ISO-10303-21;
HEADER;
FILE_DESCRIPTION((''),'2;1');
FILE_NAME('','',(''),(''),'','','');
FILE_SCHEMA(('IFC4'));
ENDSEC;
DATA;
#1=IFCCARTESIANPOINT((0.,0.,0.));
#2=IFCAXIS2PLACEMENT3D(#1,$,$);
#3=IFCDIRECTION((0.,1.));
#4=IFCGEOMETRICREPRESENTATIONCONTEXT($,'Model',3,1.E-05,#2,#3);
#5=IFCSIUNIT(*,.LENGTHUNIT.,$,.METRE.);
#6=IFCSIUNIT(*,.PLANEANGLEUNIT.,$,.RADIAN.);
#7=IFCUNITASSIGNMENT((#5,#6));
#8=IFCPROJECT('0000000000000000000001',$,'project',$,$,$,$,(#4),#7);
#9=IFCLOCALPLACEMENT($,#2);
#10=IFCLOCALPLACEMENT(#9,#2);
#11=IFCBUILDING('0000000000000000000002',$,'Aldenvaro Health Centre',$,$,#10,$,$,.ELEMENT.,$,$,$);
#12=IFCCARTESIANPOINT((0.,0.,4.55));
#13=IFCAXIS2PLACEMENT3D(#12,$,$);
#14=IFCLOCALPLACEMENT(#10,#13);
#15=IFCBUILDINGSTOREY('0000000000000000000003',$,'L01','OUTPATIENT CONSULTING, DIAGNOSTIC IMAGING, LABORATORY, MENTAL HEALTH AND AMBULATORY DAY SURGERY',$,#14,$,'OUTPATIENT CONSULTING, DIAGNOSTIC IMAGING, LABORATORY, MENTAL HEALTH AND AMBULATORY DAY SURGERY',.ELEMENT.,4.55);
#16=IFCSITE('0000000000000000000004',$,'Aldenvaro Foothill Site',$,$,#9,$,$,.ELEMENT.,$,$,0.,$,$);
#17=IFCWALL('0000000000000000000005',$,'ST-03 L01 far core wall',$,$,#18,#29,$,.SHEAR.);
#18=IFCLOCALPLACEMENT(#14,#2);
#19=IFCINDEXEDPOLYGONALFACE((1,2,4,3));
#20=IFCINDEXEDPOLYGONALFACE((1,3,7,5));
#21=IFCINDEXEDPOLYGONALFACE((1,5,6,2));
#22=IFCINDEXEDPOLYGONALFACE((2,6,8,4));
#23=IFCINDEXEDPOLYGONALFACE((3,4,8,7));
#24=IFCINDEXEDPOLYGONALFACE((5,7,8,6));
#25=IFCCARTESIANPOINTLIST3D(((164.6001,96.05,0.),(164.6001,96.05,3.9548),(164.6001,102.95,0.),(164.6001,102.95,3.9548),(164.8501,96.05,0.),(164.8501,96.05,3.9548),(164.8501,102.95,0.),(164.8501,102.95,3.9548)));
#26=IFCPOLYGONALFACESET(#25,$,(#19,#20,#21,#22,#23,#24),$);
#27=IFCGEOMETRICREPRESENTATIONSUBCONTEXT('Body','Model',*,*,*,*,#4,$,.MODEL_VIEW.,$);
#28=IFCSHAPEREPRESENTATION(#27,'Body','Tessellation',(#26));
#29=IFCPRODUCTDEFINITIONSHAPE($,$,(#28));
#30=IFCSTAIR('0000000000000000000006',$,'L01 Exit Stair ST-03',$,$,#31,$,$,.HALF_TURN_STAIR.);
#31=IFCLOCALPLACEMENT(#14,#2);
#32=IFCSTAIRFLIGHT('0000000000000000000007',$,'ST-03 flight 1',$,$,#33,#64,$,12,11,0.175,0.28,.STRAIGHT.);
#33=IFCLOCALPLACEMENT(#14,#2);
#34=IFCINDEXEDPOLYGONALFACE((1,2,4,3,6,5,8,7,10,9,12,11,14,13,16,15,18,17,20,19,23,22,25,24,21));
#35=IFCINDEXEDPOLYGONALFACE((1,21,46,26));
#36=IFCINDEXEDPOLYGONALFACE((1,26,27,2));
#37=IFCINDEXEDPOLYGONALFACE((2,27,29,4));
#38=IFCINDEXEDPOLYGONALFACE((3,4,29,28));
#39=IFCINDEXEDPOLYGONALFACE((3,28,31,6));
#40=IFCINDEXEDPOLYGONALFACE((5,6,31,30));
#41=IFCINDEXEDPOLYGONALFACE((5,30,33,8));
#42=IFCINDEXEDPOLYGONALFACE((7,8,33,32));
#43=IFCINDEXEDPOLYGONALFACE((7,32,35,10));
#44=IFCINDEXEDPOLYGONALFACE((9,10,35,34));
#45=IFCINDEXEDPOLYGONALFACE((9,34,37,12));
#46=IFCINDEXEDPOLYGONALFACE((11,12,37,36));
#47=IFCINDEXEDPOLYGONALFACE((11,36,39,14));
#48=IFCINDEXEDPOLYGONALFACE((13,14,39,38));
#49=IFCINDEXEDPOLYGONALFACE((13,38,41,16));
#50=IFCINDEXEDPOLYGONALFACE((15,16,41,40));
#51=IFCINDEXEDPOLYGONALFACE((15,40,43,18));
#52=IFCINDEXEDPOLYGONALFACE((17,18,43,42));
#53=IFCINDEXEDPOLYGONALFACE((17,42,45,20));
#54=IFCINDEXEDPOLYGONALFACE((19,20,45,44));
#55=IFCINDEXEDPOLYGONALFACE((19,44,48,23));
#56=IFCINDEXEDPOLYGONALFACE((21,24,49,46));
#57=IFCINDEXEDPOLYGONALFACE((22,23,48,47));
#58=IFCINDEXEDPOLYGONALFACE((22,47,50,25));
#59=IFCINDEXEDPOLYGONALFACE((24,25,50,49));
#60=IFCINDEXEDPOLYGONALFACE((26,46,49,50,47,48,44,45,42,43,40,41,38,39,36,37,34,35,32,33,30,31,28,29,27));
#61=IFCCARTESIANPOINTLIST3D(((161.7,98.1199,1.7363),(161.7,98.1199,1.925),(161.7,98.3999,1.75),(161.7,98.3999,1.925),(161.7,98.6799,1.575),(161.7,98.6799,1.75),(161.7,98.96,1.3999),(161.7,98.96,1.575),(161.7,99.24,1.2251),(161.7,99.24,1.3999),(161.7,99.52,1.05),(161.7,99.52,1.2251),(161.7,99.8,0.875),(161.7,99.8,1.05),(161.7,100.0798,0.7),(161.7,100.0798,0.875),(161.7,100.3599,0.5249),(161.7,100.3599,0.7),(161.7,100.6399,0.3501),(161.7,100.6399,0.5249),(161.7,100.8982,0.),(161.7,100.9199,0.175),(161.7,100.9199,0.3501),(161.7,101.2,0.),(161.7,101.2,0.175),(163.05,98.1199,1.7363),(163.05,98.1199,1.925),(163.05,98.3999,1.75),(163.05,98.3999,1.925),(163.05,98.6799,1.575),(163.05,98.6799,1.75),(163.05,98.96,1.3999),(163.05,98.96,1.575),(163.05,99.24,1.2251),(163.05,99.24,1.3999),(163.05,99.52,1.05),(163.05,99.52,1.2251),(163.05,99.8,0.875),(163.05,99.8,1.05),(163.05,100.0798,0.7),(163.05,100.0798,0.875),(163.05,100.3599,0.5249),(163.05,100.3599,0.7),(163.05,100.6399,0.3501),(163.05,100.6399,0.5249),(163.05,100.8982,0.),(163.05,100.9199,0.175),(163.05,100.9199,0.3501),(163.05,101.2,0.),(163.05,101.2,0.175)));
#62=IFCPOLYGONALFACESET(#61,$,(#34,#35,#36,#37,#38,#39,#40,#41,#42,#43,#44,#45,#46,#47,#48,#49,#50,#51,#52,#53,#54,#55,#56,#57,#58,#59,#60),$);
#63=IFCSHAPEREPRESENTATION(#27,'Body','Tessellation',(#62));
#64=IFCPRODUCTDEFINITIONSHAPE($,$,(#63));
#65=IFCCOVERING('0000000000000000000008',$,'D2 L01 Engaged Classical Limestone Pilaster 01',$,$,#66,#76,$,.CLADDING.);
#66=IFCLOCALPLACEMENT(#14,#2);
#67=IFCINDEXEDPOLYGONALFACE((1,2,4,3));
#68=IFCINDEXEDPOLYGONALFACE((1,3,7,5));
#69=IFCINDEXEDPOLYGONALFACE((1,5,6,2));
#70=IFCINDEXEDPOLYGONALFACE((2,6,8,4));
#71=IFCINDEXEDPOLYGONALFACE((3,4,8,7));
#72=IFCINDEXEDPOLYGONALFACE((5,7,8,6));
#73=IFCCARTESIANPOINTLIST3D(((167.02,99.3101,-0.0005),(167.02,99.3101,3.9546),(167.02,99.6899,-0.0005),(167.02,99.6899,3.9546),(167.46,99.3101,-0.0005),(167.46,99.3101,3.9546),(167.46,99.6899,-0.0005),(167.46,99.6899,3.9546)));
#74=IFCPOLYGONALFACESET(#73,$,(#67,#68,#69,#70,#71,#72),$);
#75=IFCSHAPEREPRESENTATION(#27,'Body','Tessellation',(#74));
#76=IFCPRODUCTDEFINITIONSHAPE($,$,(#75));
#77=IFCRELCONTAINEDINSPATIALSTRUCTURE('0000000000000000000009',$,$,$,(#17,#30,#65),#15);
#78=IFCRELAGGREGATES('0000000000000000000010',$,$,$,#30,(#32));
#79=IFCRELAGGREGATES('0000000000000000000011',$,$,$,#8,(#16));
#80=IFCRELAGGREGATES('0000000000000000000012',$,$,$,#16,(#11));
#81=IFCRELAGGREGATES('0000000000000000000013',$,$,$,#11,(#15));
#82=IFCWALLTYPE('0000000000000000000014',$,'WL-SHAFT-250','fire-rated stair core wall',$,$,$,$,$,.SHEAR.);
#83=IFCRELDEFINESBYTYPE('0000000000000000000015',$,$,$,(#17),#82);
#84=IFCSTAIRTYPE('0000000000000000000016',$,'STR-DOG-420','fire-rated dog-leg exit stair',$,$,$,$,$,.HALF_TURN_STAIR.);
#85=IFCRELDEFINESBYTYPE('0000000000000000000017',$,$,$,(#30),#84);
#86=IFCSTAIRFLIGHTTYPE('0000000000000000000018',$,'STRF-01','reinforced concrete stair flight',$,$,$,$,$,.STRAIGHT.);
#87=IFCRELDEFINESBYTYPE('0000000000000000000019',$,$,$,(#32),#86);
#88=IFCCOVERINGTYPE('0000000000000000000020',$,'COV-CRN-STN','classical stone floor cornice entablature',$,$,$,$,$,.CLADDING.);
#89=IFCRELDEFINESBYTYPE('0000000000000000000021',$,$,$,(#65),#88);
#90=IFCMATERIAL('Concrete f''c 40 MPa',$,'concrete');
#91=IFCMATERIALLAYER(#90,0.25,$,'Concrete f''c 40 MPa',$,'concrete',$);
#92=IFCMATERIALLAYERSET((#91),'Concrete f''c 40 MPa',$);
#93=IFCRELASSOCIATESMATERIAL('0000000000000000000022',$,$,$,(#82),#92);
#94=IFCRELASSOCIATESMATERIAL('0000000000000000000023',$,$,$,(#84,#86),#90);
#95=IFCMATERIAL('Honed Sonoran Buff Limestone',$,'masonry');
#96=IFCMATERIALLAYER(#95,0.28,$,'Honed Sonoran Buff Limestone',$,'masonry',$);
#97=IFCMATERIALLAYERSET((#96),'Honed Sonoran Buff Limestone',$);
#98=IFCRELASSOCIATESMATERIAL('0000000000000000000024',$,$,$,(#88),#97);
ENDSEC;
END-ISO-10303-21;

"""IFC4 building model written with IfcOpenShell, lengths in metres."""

from ifc_helpers import new_model, si_unit, direction, frame, frame_2d, origin, origin_2d, place, context, subcontext, project, spatial, polyline, rectangle, outline, extrude, material, layer, layer_set, type_object, element, aggregate, save


model = new_model("IFC4")

# Units and contexts
model_context = context("Model", 3, precision=1e-05, world=origin(), true_north=direction((0.0, 1.0)))
body_context = subcontext(model_context, "Body", "Model", "MODEL_VIEW")
ifc_project = project(units=[si_unit("LENGTHUNIT", "METRE"), si_unit("PLANEANGLEUNIT", "RADIAN")], contexts=[model_context])

# Site, building, storey
site_placement = place(None, origin())
site = spatial("IfcSite", under=ifc_project, at=site_placement, Name="Aldenvaro Foothill Site", CompositionType="ELEMENT", RefElevation=0.0)
building_placement = place(site_placement, origin())
building = spatial("IfcBuilding", under=site, at=building_placement, Name="Aldenvaro Health Centre", CompositionType="ELEMENT")
storey_placement = place(building_placement, frame((0.0, 0.0, 4.55)))
storey = spatial("IfcBuildingStorey", under=building, at=storey_placement, Name="L01", Description="OUTPATIENT CONSULTING, DIAGNOSTIC IMAGING, LABORATORY, MENTAL HEALTH AND AMBULATORY DAY SURGERY", LongName="OUTPATIENT CONSULTING, DIAGNOSTIC IMAGING, LABORATORY, MENTAL HEALTH AND AMBULATORY DAY SURGERY", CompositionType="ELEMENT", Elevation=4.55)

# Wall
ifc_material_1 = material(Name="Concrete f'c 40 MPa", Category="concrete")
ifc_layer_1 = layer(ifc_material_1, 0.25, Name="Concrete f'c 40 MPa", Category="concrete")
ifc_layer_set_1 = layer_set([ifc_layer_1], Name="Concrete f'c 40 MPa")
wall_type_1 = type_object("IfcWallType", Name="WL-SHAFT-250", Description="fire-rated stair core wall", PredefinedType="SHEAR", material=ifc_layer_set_1)
wall_placement = place(storey_placement, frame((164.7251, 102.95, 0.0), z_axis=(0.0, 0.0, 1.0), x_axis=(0.0, -1.0, 0.0)))
element("IfcWall", 1, at=wall_placement, inside=storey, type_object=wall_type_1, Name="ST-03 L01 far core wall", PredefinedType="SHEAR", context=body_context, shape_type="SweptSolid", body=[
    extrude(rectangle(XDim=6.8999, YDim=0.25, at=frame_2d((3.45, 0.0))), origin(), (0.0, 0.0, 1.0), 3.9548),
])

# Stair, stair flight
stair_type = type_object("IfcStairType", Name="STR-DOG-420", Description="fire-rated dog-leg exit stair", PredefinedType="HALF_TURN_STAIR", material=ifc_material_1)
stair_placement = place(storey_placement, origin())
stair = element("IfcStair", 2, at=stair_placement, inside=storey, type_object=stair_type, Name="L01 Exit Stair ST-03", PredefinedType="HALF_TURN_STAIR")
stair_flight_type = type_object("IfcStairFlightType", Name="STRF-01", Description="reinforced concrete stair flight", PredefinedType="STRAIGHT", material=ifc_material_1)
stair_flight_placement = place(storey_placement, frame((162.375, 101.2, 0.0), z_axis=(0.0, 0.0, 1.0), x_axis=(0.0, -1.0, 0.0)))
stair_flight = element("IfcStairFlight", 3, at=stair_flight_placement, type_object=stair_flight_type, Name="ST-03 flight 1", NumberOfRisers=12, NumberOfTreads=11, PredefinedType="STRAIGHT", RiserHeight=0.175, TreadLength=0.28, context=body_context, shape_type="SweptSolid", body=[
    extrude(outline(polyline([(0.0, 0.0), (0.0, 0.175), (0.28, 0.175), (0.28, 0.3501), (0.5601, 0.3501), (0.5601, 0.5249), (0.8401, 0.5249), (0.8401, 0.7), (1.1201, 0.7), (1.1201, 0.875), (1.3999, 0.875), (1.3999, 1.05), (1.6799, 1.05), (1.6799, 1.2251), (1.96, 1.2251), (1.96, 1.3999), (2.24, 1.3999), (2.24, 1.575), (2.52, 1.575), (2.52, 1.75), (2.8, 1.75), (2.8, 1.925), (3.0801, 1.925), (3.0801, 2.1001), (3.0801, 1.7363), (0.3018, 0.0), (0.0, 0.0)])), frame((0.0, 0.675, 0.0), z_axis=(0.0, -1.0, 0.0), x_axis=(1.0, 0.0, 0.0)), (0.0, 0.0, 1.0), 1.3501),
])
aggregate(stair, [stair_flight])

# Covering
ifc_material_2 = material(Name="Honed Sonoran Buff Limestone", Category="masonry")
ifc_layer_2 = layer(ifc_material_2, 0.28, Name="Honed Sonoran Buff Limestone", Category="masonry")
ifc_layer_set_2 = layer_set([ifc_layer_2], Name="Honed Sonoran Buff Limestone")
covering_type = type_object("IfcCoveringType", Name="COV-CRN-STN", Description="classical stone floor cornice entablature", PredefinedType="CLADDING", material=ifc_layer_set_2)
covering_placement = place(storey_placement, frame((167.24, 99.5, -0.0005), z_axis=(0.0, 0.0, 1.0), x_axis=(1.0, 0.0, 0.0)))
element("IfcCovering", 4, at=covering_placement, inside=storey, type_object=covering_type, Name="D2 L01 Engaged Classical Limestone Pilaster 01", PredefinedType="CLADDING", context=body_context, shape_type="SweptSolid", body=[
    extrude(rectangle(XDim=0.4399, YDim=0.3799, at=origin_2d()), origin(), (0.0, 0.0, 1.0), 3.9551),
])

save(model, "model.ifc")
